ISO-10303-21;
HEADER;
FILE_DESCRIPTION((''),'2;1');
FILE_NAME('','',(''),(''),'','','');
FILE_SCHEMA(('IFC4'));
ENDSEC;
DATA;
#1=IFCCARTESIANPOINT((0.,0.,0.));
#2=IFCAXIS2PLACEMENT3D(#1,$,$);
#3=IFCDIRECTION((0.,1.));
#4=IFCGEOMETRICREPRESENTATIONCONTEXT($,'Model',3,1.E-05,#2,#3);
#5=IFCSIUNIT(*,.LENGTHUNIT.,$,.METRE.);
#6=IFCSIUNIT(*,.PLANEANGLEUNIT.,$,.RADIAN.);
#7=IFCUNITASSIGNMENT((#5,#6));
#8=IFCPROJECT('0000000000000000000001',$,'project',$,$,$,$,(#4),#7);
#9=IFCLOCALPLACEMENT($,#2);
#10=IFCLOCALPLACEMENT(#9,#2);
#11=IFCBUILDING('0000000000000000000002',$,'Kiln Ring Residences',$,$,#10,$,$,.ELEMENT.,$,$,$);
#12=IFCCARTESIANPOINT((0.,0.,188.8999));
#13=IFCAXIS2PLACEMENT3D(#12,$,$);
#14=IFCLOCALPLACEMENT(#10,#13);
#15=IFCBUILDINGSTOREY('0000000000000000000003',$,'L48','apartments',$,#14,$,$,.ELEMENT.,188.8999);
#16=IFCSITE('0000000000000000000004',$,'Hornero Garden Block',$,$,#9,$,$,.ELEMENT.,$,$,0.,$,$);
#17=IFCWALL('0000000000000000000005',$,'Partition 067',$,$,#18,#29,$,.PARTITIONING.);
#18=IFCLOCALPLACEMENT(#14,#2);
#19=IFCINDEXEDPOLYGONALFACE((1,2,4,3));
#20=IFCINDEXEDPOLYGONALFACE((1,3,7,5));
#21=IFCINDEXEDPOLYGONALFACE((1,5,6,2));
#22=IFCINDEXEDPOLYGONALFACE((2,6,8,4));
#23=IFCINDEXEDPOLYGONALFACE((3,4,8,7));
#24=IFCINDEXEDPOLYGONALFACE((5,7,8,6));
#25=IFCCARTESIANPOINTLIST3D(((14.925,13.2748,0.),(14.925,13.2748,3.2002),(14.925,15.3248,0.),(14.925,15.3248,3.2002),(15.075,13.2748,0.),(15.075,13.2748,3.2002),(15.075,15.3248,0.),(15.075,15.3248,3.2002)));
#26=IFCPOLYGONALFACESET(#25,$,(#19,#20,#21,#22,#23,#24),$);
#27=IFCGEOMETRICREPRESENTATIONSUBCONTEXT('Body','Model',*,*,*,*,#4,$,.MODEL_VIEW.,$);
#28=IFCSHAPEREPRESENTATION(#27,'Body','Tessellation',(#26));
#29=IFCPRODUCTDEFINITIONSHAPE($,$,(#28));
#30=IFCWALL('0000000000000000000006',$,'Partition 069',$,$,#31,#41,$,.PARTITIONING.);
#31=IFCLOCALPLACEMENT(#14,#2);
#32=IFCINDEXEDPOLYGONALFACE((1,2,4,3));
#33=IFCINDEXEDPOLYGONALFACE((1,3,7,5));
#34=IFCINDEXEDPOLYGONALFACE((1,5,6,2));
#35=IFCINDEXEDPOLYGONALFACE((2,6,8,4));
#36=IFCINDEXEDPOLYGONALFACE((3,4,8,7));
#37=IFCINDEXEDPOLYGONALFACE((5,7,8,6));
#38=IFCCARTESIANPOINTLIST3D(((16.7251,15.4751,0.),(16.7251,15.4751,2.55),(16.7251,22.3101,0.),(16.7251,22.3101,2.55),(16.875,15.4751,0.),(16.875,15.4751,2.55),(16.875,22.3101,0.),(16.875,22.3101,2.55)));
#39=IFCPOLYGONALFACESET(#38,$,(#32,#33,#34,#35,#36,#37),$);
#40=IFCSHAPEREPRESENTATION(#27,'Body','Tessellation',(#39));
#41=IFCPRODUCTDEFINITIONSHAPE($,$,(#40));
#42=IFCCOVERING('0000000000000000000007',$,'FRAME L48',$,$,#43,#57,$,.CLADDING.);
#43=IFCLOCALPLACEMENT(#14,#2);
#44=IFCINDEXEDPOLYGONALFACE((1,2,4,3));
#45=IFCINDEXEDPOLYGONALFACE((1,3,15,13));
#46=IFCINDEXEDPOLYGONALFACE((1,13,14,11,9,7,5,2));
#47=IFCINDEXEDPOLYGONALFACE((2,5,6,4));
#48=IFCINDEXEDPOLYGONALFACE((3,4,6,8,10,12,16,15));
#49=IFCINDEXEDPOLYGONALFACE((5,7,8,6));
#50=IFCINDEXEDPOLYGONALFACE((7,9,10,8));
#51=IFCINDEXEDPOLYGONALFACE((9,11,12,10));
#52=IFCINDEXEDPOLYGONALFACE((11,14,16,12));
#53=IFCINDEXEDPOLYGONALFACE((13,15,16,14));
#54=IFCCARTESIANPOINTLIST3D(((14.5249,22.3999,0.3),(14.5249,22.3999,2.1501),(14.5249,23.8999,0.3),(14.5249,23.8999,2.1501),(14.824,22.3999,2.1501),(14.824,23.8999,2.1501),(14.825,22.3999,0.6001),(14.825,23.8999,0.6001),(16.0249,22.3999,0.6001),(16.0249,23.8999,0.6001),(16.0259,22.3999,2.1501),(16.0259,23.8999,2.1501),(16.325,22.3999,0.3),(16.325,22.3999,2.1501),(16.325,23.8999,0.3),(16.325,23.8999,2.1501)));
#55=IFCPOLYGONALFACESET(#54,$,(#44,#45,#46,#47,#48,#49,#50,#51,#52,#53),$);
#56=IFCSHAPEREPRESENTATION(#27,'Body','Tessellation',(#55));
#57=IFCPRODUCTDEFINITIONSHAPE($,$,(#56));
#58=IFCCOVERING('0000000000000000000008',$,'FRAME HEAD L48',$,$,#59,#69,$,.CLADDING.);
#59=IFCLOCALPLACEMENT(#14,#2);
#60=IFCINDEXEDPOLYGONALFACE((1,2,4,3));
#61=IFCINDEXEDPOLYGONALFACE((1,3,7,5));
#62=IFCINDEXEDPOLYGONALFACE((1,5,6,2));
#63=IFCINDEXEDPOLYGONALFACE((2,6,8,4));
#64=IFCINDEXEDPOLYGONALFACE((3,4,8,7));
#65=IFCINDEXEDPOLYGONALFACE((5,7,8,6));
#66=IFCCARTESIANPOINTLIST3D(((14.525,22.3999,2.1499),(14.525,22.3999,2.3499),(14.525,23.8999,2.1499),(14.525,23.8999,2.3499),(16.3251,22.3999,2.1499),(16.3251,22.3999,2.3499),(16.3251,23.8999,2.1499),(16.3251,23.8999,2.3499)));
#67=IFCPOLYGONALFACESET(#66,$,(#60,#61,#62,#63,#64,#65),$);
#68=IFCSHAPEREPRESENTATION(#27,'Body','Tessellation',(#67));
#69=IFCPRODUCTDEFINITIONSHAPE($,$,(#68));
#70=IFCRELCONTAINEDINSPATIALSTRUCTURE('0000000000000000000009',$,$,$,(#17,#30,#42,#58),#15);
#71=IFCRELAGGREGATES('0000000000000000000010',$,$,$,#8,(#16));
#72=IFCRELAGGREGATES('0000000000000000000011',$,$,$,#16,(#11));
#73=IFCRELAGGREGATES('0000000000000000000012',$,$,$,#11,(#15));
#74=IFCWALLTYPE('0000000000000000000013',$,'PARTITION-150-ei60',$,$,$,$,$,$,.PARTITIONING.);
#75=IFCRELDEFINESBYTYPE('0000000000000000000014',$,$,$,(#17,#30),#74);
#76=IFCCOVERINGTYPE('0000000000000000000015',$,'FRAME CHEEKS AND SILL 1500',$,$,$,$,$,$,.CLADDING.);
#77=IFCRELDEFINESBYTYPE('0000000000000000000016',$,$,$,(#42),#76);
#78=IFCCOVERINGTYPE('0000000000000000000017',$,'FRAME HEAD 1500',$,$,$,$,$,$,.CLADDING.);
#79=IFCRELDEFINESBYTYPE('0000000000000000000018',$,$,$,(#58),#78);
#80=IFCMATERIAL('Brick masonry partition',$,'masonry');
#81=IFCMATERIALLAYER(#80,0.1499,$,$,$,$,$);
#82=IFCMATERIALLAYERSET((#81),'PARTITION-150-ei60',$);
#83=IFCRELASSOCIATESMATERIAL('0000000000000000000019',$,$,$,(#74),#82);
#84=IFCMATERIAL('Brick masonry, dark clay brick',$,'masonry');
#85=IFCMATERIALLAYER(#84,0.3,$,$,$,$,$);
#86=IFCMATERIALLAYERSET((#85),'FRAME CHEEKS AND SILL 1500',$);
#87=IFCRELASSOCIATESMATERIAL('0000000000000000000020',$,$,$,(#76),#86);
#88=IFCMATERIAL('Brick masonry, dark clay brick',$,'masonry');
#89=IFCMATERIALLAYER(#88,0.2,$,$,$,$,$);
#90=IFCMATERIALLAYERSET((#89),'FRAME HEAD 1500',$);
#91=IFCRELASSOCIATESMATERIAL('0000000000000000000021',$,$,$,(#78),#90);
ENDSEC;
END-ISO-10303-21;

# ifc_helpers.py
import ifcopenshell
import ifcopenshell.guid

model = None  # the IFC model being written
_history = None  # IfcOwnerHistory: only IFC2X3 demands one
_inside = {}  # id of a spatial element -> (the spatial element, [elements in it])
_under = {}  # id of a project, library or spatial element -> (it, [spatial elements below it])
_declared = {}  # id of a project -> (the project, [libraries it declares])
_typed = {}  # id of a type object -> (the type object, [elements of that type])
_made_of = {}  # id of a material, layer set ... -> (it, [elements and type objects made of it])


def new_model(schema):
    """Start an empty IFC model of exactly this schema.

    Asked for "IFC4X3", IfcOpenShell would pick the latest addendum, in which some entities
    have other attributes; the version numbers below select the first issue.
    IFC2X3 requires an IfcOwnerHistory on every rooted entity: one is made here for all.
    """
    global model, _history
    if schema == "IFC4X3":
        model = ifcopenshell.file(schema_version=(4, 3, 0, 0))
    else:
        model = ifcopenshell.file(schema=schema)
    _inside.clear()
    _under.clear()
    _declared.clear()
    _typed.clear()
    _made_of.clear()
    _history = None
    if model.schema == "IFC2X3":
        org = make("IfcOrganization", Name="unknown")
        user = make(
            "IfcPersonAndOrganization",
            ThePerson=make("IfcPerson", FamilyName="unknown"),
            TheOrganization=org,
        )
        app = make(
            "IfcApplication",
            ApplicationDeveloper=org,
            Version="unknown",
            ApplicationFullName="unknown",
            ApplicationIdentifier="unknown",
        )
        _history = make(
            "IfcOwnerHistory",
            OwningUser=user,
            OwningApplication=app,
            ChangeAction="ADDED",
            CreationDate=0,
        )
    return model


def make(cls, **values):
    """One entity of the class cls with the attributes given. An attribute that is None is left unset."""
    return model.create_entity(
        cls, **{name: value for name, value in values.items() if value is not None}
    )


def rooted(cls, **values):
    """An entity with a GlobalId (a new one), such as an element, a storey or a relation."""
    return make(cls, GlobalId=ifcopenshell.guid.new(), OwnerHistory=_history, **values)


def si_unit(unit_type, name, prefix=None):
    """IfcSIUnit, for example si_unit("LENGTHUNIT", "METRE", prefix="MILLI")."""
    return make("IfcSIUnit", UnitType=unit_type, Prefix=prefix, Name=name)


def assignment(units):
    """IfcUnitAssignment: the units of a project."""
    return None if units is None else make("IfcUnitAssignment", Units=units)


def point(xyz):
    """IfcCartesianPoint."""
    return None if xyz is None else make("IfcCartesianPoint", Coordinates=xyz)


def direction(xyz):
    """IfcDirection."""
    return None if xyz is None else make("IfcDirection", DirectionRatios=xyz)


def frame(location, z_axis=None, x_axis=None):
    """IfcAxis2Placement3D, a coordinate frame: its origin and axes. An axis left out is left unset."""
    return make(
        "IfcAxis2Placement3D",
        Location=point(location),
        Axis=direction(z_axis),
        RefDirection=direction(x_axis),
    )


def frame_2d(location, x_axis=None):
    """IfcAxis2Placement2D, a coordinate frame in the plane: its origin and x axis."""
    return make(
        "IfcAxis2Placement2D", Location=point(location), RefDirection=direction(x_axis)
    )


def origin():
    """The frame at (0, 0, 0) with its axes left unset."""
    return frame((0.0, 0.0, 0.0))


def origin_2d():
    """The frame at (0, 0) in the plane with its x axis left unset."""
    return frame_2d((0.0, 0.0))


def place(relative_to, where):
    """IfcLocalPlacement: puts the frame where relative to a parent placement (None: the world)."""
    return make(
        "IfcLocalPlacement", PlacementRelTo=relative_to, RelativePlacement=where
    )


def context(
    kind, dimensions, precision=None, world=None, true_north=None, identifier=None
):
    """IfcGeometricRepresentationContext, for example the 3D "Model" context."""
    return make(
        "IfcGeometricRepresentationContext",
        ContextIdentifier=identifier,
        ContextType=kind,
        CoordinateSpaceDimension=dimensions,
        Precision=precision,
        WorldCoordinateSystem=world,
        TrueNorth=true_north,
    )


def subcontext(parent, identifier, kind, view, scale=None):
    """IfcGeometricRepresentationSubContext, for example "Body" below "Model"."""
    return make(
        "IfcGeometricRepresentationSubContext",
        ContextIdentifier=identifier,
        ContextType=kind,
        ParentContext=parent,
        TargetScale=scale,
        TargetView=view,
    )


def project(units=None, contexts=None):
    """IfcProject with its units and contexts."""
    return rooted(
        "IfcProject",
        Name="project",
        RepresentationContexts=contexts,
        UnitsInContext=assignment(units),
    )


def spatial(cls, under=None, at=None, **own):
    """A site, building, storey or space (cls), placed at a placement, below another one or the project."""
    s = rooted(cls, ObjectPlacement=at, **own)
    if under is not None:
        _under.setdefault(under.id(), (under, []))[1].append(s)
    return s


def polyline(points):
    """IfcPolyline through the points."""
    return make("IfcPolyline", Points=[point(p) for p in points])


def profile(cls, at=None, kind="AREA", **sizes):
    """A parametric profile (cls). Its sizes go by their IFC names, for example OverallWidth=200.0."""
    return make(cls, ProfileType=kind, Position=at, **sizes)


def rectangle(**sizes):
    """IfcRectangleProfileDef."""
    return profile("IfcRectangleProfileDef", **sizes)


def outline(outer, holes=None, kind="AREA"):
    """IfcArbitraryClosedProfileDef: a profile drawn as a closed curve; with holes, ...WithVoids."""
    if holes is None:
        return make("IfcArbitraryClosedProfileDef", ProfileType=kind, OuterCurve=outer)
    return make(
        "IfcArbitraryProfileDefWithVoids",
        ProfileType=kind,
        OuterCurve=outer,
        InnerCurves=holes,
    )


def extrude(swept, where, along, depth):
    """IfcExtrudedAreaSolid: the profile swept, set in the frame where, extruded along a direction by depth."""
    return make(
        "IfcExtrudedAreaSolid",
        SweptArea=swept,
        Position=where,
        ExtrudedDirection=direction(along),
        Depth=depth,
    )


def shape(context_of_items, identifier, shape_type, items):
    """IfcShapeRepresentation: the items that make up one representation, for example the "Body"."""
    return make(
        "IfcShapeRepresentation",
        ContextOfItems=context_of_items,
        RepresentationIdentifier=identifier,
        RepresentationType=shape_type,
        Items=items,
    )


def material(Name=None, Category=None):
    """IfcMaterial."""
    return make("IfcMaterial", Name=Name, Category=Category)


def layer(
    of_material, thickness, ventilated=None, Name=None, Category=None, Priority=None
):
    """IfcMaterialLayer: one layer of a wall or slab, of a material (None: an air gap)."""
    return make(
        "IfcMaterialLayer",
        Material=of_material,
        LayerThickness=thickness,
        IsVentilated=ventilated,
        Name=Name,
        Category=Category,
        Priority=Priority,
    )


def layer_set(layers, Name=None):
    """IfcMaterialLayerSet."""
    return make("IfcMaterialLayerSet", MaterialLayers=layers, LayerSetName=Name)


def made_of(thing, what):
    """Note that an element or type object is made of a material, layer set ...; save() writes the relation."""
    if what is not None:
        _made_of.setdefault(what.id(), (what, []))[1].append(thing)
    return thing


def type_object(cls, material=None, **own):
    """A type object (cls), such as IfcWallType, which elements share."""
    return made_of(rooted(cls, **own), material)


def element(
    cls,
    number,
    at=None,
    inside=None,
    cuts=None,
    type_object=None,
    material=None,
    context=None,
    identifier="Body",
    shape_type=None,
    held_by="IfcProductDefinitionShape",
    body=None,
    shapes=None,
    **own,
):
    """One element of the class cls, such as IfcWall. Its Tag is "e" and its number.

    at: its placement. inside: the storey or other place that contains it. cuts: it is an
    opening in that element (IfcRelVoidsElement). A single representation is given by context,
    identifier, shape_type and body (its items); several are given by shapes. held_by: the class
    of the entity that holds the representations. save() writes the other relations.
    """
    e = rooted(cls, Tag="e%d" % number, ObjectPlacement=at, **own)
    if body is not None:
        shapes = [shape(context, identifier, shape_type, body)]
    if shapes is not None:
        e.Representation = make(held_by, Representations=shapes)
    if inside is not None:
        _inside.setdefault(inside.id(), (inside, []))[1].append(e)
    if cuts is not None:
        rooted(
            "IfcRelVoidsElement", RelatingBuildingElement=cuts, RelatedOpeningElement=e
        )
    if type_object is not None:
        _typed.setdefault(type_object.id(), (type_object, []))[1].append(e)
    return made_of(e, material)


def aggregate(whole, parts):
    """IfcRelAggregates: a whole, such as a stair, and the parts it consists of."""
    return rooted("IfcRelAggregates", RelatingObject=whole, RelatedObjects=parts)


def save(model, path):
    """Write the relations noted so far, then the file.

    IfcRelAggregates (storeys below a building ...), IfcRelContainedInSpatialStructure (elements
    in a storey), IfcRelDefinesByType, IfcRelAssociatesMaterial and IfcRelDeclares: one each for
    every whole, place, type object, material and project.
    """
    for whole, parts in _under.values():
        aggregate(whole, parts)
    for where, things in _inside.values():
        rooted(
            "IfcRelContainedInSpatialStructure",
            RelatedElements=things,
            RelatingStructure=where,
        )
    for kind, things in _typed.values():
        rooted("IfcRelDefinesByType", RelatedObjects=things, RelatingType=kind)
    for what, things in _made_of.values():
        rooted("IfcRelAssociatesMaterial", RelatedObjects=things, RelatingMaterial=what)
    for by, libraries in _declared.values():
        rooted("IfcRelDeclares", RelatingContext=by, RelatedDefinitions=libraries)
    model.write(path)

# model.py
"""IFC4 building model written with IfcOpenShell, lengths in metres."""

from ifc_helpers import new_model, si_unit, direction, frame, frame_2d, origin, origin_2d, place, context, subcontext, project, spatial, polyline, rectangle, outline, extrude, material, layer, layer_set, type_object, element, save


model = new_model("IFC4")

# Units and contexts
model_context = context("Model", 3, precision=1e-05, world=origin(), true_north=direction((0.0, 1.0)))
body_context = subcontext(model_context, "Body", "Model", "MODEL_VIEW")
ifc_project = project(units=[si_unit("LENGTHUNIT", "METRE"), si_unit("PLANEANGLEUNIT", "RADIAN")], contexts=[model_context])

# Site, building, storey
site_placement = place(None, origin())
site = spatial("IfcSite", under=ifc_project, at=site_placement, Name="Hornero Garden Block", CompositionType="ELEMENT", RefElevation=0.0)
building_placement = place(site_placement, origin())
building = spatial("IfcBuilding", under=site, at=building_placement, Name="Kiln Ring Residences", CompositionType="ELEMENT")
storey_placement = place(building_placement, frame((0.0, 0.0, 188.8999)))
storey = spatial("IfcBuildingStorey", under=building, at=storey_placement, Name="L48", Description="apartments", CompositionType="ELEMENT", Elevation=188.8999)

# Shared definitions
ifc_material_1 = material(Name="Brick masonry partition", Category="masonry")
ifc_layer_1 = layer(ifc_material_1, 0.1499)
ifc_layer_set_1 = layer_set([ifc_layer_1], Name="PARTITION-150-ei60")
wall_type_1 = type_object("IfcWallType", Name="PARTITION-150-ei60", PredefinedType="PARTITIONING", material=ifc_layer_set_1)

# Walls
wall_1_placement = place(storey_placement, frame((15.0, 13.2749, 0.0), z_axis=(0.0, 0.0, 1.0), x_axis=(0.0, 1.0, 0.0)))
element("IfcWall", 1, at=wall_1_placement, inside=storey, type_object=wall_type_1, Name="Partition 067", PredefinedType="PARTITIONING", context=body_context, shape_type="SweptSolid", body=[
    extrude(rectangle(XDim=2.05, YDim=0.1499, at=frame_2d((1.0249, 0.0))), origin(), (0.0, 0.0, 1.0), 3.2002),
])
wall_2_placement = place(storey_placement, frame((16.8, 15.4751, 0.0), z_axis=(0.0, 0.0, 1.0), x_axis=(0.0, 1.0, 0.0)))
element("IfcWall", 2, at=wall_2_placement, inside=storey, type_object=wall_type_1, Name="Partition 069", PredefinedType="PARTITIONING", context=body_context, shape_type="SweptSolid", body=[
    extrude(rectangle(XDim=6.835, YDim=0.1499, at=frame_2d((3.4175, 0.0))), origin(), (0.0, 0.0, 1.0), 2.55),
])

# Coverings
ifc_material_2 = material(Name="Brick masonry, dark clay brick", Category="masonry")
ifc_layer_2 = layer(ifc_material_2, 0.3)
ifc_layer_set_2 = layer_set([ifc_layer_2], Name="FRAME CHEEKS AND SILL 1500")
covering_type_1 = type_object("IfcCoveringType", Name="FRAME CHEEKS AND SILL 1500", PredefinedType="CLADDING", material=ifc_layer_set_2)
covering_1_placement = place(storey_placement, frame((16.325, 23.1499, 0.3), z_axis=(0.0, 0.0, 1.0), x_axis=(-1.0, 0.0, 0.0)))
element("IfcCovering", 3, at=covering_1_placement, inside=storey, type_object=covering_type_1, Name="FRAME L48", PredefinedType="CLADDING", context=body_context, shape_type="SweptSolid", body=[
    extrude(outline(polyline([(0.0, 0.0), (1.8, 0.0), (1.8, 1.8501), (1.501, 1.8501), (1.5, 0.3), (0.3, 0.3), (0.2991, 1.8501), (0.0, 1.8501), (0.0, 0.0)])), frame((0.0, 0.75, 0.0), z_axis=(0.0, -1.0, 0.0), x_axis=(1.0, 0.0, 0.0)), (0.0, 0.0, 1.0), 1.5),
])
ifc_material_3 = material(Name="Brick masonry, dark clay brick", Category="masonry")
ifc_layer_3 = layer(ifc_material_3, 0.2)
ifc_layer_set_3 = layer_set([ifc_layer_3], Name="FRAME HEAD 1500")
covering_type_2 = type_object("IfcCoveringType", Name="FRAME HEAD 1500", PredefinedType="CLADDING", material=ifc_layer_set_3)
covering_2_placement = place(storey_placement, frame((15.425, 23.1499, 2.1499), z_axis=(0.0, 0.0, 1.0), x_axis=(-1.0, 0.0, 0.0)))
element("IfcCovering", 4, at=covering_2_placement, inside=storey, type_object=covering_type_2, Name="FRAME HEAD L48", PredefinedType="CLADDING", context=body_context, shape_type="SweptSolid", body=[
    extrude(rectangle(XDim=1.8, YDim=1.5, at=origin_2d()), origin(), (0.0, 0.0, 1.0), 0.2),
])

save(model, "model.ifc")
